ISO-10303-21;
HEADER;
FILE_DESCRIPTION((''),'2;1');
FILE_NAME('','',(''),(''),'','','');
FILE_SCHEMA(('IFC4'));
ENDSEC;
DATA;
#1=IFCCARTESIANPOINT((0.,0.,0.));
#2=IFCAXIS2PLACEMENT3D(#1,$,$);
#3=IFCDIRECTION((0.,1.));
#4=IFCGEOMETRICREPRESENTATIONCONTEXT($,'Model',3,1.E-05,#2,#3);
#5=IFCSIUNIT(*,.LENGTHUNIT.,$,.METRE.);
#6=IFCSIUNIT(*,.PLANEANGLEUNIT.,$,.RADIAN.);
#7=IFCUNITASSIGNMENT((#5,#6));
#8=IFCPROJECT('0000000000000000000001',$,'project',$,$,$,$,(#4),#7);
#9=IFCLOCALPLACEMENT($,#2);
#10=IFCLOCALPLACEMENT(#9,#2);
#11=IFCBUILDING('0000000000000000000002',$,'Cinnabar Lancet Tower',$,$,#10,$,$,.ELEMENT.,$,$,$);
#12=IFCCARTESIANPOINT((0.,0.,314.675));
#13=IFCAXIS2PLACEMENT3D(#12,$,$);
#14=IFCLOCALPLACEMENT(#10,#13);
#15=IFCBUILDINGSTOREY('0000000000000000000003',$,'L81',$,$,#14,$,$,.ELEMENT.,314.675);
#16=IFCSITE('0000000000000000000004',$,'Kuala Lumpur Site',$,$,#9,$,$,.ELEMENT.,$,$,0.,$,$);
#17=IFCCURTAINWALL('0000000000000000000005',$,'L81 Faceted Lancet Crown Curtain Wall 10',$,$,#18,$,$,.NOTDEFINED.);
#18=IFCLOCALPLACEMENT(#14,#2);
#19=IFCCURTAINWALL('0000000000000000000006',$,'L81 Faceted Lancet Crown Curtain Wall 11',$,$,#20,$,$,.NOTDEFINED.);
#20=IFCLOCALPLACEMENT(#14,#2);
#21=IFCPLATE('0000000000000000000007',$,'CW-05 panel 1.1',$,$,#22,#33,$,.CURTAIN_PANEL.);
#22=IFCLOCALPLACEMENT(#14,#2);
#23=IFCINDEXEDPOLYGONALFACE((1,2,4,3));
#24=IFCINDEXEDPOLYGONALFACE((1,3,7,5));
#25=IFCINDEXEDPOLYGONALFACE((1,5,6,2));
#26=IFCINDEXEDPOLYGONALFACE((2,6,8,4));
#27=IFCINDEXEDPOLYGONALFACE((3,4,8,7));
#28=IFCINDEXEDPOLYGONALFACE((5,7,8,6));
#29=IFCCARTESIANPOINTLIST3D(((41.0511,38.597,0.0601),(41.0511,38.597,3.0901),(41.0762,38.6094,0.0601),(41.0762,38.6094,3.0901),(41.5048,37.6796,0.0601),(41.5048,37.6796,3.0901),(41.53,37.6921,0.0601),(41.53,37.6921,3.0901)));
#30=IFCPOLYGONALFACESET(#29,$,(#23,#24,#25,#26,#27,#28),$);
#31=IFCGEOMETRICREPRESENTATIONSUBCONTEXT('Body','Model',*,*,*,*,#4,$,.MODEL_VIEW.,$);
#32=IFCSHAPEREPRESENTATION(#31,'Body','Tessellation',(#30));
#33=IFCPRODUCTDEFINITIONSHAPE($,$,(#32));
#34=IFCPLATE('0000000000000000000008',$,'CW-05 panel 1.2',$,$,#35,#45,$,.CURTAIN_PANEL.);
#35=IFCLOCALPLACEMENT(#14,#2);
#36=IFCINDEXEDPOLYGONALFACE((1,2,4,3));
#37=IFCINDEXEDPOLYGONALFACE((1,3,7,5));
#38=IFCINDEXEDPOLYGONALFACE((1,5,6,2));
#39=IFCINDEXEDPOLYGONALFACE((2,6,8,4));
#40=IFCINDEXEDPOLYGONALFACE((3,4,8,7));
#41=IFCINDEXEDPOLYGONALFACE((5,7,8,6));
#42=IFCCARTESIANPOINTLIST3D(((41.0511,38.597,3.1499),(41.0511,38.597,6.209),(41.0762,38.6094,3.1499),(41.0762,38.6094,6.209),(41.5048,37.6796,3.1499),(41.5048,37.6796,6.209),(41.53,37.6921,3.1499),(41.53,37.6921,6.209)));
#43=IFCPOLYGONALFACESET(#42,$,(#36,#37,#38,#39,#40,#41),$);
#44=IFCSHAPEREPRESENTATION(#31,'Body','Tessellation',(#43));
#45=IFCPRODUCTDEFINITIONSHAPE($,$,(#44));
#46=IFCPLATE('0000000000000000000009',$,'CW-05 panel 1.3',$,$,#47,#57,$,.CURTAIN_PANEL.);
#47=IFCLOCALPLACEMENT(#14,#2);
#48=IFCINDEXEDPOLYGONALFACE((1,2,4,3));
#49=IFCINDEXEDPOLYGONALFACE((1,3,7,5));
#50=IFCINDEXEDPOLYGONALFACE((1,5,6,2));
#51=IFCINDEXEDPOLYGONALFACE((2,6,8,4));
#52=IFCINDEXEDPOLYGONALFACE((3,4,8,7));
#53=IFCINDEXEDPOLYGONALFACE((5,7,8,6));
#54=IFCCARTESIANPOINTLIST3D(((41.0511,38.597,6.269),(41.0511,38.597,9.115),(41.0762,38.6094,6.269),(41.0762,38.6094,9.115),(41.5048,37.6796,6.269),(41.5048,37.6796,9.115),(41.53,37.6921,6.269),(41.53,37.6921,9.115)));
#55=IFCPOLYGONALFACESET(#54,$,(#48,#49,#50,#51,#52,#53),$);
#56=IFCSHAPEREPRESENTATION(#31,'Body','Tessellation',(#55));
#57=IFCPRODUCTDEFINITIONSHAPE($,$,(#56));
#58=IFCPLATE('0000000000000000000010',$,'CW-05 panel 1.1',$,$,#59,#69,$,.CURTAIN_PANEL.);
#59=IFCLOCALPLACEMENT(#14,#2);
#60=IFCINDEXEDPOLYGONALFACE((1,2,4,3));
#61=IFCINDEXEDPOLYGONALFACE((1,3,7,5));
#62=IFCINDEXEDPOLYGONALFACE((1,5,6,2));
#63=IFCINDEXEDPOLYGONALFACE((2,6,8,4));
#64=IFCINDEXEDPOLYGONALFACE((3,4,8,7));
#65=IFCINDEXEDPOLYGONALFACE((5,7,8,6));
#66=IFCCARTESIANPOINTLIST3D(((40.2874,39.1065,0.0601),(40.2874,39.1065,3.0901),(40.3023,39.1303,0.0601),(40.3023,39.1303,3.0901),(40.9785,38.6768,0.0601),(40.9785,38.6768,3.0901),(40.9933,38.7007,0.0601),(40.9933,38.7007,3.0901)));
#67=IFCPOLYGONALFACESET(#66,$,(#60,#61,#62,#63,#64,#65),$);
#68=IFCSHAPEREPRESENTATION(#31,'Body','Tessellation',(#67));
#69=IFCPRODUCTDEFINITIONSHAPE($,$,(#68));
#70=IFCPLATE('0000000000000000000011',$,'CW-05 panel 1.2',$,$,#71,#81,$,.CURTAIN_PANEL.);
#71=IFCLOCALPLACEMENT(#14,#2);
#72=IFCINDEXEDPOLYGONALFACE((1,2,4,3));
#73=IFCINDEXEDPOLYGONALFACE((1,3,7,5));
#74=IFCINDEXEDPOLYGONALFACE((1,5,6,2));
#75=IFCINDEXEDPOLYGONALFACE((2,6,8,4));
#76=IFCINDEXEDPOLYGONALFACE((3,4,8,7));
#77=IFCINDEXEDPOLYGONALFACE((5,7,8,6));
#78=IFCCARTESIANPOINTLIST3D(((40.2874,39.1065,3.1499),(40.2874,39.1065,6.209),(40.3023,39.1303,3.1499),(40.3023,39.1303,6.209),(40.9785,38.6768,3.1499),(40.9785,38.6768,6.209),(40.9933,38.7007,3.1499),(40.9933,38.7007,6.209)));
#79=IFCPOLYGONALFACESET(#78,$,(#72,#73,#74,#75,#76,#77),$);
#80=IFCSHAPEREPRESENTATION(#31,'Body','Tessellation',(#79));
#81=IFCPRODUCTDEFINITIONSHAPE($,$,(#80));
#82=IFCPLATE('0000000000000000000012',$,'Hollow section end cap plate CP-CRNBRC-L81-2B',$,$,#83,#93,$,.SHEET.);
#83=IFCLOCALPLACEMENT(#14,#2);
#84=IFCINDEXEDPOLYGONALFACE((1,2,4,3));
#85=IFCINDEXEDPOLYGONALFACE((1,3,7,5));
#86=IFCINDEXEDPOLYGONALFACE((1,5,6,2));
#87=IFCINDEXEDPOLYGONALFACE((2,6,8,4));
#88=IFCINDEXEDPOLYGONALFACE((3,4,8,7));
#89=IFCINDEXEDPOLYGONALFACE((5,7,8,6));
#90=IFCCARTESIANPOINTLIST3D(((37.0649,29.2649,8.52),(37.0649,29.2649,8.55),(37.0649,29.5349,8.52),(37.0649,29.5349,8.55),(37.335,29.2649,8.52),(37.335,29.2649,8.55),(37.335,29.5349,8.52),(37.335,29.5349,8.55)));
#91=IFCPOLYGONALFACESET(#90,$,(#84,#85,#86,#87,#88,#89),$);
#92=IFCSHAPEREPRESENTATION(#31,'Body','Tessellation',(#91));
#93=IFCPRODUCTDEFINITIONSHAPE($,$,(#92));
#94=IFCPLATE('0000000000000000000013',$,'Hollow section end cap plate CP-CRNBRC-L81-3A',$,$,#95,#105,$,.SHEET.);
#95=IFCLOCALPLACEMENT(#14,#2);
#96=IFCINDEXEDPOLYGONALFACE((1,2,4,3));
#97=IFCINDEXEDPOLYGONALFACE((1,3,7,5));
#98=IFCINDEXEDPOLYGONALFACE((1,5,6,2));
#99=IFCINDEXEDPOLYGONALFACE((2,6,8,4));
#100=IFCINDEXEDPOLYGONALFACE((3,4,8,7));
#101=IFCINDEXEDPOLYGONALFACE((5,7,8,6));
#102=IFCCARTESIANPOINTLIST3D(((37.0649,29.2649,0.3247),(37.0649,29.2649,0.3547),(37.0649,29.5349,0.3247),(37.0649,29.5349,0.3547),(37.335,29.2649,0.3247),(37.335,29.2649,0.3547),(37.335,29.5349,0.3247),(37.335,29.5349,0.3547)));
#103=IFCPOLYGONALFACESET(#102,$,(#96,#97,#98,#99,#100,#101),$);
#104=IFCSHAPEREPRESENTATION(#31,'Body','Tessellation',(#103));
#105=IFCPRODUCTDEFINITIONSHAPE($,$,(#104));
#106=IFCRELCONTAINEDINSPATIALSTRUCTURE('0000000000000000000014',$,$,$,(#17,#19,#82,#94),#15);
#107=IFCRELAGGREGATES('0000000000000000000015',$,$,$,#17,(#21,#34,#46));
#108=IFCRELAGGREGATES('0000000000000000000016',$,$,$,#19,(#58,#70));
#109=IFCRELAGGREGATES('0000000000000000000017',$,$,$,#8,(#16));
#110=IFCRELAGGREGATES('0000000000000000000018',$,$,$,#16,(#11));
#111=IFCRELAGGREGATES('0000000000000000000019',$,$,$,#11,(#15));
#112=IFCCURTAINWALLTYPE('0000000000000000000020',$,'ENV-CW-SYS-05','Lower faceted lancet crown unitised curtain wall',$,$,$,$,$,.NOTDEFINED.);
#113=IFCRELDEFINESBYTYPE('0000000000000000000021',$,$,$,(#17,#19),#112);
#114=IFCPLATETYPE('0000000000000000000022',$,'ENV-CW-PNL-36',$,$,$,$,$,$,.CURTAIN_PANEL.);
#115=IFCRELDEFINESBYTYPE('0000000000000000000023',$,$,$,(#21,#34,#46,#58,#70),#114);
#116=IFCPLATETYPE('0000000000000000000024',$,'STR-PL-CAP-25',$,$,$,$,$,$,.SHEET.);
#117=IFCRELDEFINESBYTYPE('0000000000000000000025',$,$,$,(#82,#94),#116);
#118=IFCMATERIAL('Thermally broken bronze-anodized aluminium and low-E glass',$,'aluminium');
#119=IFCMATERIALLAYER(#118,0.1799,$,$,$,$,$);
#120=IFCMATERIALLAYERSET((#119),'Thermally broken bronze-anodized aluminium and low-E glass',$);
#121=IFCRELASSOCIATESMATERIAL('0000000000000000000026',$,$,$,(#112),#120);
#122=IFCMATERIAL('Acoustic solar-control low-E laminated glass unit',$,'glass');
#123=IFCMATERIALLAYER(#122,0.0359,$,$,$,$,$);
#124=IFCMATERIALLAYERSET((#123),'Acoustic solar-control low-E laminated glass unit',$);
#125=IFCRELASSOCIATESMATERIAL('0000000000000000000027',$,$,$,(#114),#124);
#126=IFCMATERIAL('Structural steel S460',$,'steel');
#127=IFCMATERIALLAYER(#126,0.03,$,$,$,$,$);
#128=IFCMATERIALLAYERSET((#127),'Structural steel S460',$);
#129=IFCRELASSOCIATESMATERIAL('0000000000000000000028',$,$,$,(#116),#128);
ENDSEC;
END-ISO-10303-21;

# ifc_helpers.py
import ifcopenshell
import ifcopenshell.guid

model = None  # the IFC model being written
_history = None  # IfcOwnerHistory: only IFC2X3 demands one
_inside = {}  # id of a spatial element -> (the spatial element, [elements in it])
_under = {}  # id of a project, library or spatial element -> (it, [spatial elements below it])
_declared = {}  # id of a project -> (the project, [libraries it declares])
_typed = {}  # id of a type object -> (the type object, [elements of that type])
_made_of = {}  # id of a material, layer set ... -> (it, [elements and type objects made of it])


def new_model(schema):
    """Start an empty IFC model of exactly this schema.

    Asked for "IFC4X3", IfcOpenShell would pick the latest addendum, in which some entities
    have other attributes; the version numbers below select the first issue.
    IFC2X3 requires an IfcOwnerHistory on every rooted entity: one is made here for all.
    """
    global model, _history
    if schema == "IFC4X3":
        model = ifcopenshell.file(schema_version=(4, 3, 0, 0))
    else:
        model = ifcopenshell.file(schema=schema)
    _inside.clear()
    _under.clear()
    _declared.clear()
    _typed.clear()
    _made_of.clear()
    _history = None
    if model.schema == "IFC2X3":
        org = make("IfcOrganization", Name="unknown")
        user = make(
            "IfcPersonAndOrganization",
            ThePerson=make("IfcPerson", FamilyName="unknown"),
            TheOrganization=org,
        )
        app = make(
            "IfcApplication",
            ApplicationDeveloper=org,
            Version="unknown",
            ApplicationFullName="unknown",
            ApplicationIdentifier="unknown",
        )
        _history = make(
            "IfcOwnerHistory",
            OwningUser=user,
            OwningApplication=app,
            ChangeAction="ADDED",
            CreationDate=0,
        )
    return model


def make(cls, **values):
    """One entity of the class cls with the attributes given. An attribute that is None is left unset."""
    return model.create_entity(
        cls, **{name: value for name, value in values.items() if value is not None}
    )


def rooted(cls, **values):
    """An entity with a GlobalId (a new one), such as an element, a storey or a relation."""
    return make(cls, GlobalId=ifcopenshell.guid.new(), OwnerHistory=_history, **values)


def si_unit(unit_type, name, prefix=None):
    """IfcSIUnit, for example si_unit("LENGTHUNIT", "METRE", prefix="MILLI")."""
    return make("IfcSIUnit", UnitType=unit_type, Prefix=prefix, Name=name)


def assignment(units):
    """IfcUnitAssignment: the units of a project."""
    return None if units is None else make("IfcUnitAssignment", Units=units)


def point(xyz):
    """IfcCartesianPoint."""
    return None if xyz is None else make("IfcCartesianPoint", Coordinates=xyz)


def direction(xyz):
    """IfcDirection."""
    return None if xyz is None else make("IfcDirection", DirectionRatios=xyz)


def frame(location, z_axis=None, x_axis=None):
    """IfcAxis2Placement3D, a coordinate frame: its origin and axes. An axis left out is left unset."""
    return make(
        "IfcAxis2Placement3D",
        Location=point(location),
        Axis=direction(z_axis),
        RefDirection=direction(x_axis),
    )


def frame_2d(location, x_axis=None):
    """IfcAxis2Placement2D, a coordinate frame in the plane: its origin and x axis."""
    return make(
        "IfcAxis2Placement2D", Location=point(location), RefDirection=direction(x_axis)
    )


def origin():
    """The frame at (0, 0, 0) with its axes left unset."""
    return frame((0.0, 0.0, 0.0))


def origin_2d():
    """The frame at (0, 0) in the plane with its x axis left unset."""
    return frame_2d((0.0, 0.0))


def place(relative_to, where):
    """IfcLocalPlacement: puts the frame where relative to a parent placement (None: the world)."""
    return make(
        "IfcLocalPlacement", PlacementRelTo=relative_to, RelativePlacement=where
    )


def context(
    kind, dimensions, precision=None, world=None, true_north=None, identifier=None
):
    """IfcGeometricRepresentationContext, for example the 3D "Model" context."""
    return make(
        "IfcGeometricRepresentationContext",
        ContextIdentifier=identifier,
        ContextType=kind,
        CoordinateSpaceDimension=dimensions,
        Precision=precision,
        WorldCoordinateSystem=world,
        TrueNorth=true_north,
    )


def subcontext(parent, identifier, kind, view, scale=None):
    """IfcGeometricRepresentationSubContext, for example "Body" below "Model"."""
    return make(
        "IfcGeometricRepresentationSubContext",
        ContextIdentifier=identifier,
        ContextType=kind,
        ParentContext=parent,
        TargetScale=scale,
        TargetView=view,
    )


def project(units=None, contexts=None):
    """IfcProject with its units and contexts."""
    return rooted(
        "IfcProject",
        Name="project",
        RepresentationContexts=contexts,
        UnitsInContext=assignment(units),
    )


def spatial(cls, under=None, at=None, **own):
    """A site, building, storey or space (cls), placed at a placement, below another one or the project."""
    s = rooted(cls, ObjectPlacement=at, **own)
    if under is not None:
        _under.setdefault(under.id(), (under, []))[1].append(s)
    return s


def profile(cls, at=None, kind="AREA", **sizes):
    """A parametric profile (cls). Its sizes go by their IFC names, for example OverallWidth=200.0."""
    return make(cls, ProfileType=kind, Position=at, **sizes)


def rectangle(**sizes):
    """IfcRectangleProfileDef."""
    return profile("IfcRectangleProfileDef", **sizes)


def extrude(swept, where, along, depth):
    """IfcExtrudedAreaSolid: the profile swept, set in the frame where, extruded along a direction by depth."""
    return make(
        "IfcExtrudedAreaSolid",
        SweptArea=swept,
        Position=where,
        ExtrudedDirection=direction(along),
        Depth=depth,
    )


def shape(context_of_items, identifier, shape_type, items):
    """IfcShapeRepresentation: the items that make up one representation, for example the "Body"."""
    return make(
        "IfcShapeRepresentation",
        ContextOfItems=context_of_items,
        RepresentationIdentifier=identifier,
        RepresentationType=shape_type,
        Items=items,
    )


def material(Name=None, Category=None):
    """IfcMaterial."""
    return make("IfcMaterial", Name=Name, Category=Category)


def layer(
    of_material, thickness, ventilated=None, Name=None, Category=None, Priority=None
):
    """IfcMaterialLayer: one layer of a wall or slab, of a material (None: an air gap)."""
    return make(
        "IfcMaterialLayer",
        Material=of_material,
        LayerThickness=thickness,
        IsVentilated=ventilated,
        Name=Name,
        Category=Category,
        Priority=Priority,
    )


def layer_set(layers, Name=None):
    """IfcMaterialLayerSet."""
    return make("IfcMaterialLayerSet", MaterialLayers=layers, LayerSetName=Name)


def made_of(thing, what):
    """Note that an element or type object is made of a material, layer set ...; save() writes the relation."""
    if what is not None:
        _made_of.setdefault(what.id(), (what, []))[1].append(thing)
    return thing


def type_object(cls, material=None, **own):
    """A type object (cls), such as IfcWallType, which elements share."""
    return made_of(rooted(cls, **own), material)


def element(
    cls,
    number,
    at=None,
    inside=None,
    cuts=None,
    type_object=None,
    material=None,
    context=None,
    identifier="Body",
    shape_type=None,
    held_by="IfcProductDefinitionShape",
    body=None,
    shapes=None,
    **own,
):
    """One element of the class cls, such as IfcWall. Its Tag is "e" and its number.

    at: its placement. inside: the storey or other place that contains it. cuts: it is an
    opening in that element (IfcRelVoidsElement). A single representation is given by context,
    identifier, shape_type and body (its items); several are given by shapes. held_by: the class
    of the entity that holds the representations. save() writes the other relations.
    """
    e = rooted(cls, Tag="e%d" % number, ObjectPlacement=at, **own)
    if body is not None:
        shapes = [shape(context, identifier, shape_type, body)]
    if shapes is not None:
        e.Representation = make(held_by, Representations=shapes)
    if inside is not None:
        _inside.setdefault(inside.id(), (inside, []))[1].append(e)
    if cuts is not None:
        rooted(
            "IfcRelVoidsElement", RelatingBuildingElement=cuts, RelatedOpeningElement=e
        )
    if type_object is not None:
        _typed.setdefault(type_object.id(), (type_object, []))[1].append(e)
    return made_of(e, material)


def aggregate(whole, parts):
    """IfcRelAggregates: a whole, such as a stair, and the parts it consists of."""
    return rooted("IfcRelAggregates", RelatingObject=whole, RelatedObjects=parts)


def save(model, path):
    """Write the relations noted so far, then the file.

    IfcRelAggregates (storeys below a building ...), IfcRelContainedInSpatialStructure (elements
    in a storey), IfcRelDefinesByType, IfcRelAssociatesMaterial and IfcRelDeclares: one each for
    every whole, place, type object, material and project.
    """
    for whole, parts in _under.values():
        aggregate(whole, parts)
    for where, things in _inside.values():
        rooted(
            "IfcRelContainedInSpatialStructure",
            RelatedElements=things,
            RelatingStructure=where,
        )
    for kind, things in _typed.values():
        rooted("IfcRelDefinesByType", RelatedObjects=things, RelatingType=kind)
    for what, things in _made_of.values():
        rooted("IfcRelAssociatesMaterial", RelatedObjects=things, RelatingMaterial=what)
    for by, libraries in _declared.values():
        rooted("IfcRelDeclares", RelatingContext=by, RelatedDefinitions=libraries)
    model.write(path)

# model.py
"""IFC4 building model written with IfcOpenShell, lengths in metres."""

from ifc_helpers import new_model, si_unit, direction, frame, origin, origin_2d, place, context, subcontext, project, spatial, rectangle, extrude, material, layer, layer_set, type_object, element, aggregate, save


model = new_model("IFC4")

# Units and contexts
model_context = context("Model", 3, precision=1e-05, world=origin(), true_north=direction((0.0, 1.0)))
body_context = subcontext(model_context, "Body", "Model", "MODEL_VIEW")
ifc_project = project(units=[si_unit("LENGTHUNIT", "METRE"), si_unit("PLANEANGLEUNIT", "RADIAN")], contexts=[model_context])

# Site, building, storey
site_placement = place(None, origin())
site = spatial("IfcSite", under=ifc_project, at=site_placement, Name="Kuala Lumpur Site", CompositionType="ELEMENT", RefElevation=0.0)
building_placement = place(site_placement, origin())
building = spatial("IfcBuilding", under=site, at=building_placement, Name="Cinnabar Lancet Tower", CompositionType="ELEMENT")
storey_placement = place(building_placement, frame((0.0, 0.0, 314.675)))
storey = spatial("IfcBuildingStorey", under=building, at=storey_placement, Name="L81", CompositionType="ELEMENT", Elevation=314.675)

# Curtain walls
ifc_material_1 = material(Name="Thermally broken bronze-anodized aluminium and low-E glass", Category="aluminium")
ifc_layer_1 = layer(ifc_material_1, 0.1799)
ifc_layer_set_1 = layer_set([ifc_layer_1], Name="Thermally broken bronze-anodized aluminium and low-E glass")
curtain_wall_type = type_object("IfcCurtainWallType", Name="ENV-CW-SYS-05", Description="Lower faceted lancet crown unitised curtain wall", PredefinedType="NOTDEFINED", material=ifc_layer_set_1)
curtain_wall_1_placement = place(storey_placement, origin())
curtain_wall_1 = element("IfcCurtainWall", 1, at=curtain_wall_1_placement, inside=storey, type_object=curtain_wall_type, Name="L81 Faceted Lancet Crown Curtain Wall 10", PredefinedType="NOTDEFINED")
curtain_wall_2_placement = place(storey_placement, origin())
curtain_wall_2 = element("IfcCurtainWall", 2, at=curtain_wall_2_placement, inside=storey, type_object=curtain_wall_type, Name="L81 Faceted Lancet Crown Curtain Wall 11", PredefinedType="NOTDEFINED")

# Plates
ifc_material_2 = material(Name="Acoustic solar-control low-E laminated glass unit", Category="glass")
ifc_layer_2 = layer(ifc_material_2, 0.0359)
ifc_layer_set_2 = layer_set([ifc_layer_2], Name="Acoustic solar-control low-E laminated glass unit")
plate_type_1 = type_object("IfcPlateType", Name="ENV-CW-PNL-36", PredefinedType="CURTAIN_PANEL", material=ifc_layer_set_2)
plate_1_placement = place(storey_placement, frame((41.2905, 38.1445, 0.0601), z_axis=(0.0, 0.0, 1.0), x_axis=(-0.443362, 0.896343, 0.0)))
plate_1 = element("IfcPlate", 3, at=plate_1_placement, type_object=plate_type_1, Name="CW-05 panel 1.1", PredefinedType="CURTAIN_PANEL", context=body_context, shape_type="SweptSolid", body=[
    extrude(rectangle(XDim=1.0234, YDim=0.0281, at=origin_2d()), origin(), (0.0, 0.0, 1.0), 3.03),
])
plate_2_placement = place(storey_placement, frame((41.2905, 38.1445, 3.1499), z_axis=(0.0, 0.0, 1.0), x_axis=(-0.443362, 0.896343, 0.0)))
plate_2 = element("IfcPlate", 4, at=plate_2_placement, type_object=plate_type_1, Name="CW-05 panel 1.2", PredefinedType="CURTAIN_PANEL", context=body_context, shape_type="SweptSolid", body=[
    extrude(rectangle(XDim=1.0234, YDim=0.0281, at=origin_2d()), origin(), (0.0, 0.0, 1.0), 3.0591),
])
plate_3_placement = place(storey_placement, frame((41.2905, 38.1445, 6.269), z_axis=(0.0, 0.0, 1.0), x_axis=(-0.443362, 0.896343, 0.0)))
plate_3 = element("IfcPlate", 5, at=plate_3_placement, type_object=plate_type_1, Name="CW-05 panel 1.3", PredefinedType="CURTAIN_PANEL", context=body_context, shape_type="SweptSolid", body=[
    extrude(rectangle(XDim=1.0234, YDim=0.0281, at=origin_2d()), origin(), (0.0, 0.0, 1.0), 2.8459),
])
aggregate(curtain_wall_1, [plate_1, plate_2, plate_3])
plate_4_placement = place(storey_placement, frame((40.6404, 38.9036, 0.0601), z_axis=(0.0, 0.0, 1.0), x_axis=(-0.849259, 0.527976, 0.0)))
plate_4 = element("IfcPlate", 6, at=plate_4_placement, type_object=plate_type_1, Name="CW-05 panel 1.1", PredefinedType="CURTAIN_PANEL", context=body_context, shape_type="SweptSolid", body=[
    extrude(rectangle(XDim=0.8137, YDim=0.0281, at=origin_2d()), origin(), (0.0, 0.0, 1.0), 3.03),
])
plate_5_placement = place(storey_placement, frame((40.6404, 38.9036, 3.1499), z_axis=(0.0, 0.0, 1.0), x_axis=(-0.849259, 0.527976, 0.0)))
plate_5 = element("IfcPlate", 7, at=plate_5_placement, type_object=plate_type_1, Name="CW-05 panel 1.2", PredefinedType="CURTAIN_PANEL", context=body_context, shape_type="SweptSolid", body=[
    extrude(rectangle(XDim=0.8137, YDim=0.0281, at=origin_2d()), origin(), (0.0, 0.0, 1.0), 3.0591),
])
aggregate(curtain_wall_2, [plate_4, plate_5])

# Plates
ifc_material_3 = material(Name="Structural steel S460", Category="steel")
ifc_layer_3 = layer(ifc_material_3, 0.03)
ifc_layer_set_3 = layer_set([ifc_layer_3], Name="Structural steel S460")
plate_type_2 = type_object("IfcPlateType", Name="STR-PL-CAP-25", PredefinedType="SHEET", material=ifc_layer_set_3)
for number, where, z_axis, x_axis, name in (
    (8, (37.2, 29.3999, 8.52), (0.0, 0.0, 1.0), (0.0, 1.0, 0.0), "Hollow section end cap plate CP-CRNBRC-L81-2B"),
    (9, (37.2, 29.3999, 0.3247), (0.0, 0.0, 1.0), (1.0, 0.0, 0.0), "Hollow section end cap plate CP-CRNBRC-L81-3A"),
):
    element("IfcPlate", number, at=place(storey_placement, frame(where, z_axis=z_axis, x_axis=x_axis)), inside=storey, type_object=plate_type_2, Name=name, PredefinedType="SHEET", context=body_context, shape_type="SweptSolid", body=[
        extrude(rectangle(XDim=0.27, YDim=0.27, at=origin_2d()), origin(), (0.0, 0.0, 1.0), 0.03),
    ])

save(model, "model.ifc")
